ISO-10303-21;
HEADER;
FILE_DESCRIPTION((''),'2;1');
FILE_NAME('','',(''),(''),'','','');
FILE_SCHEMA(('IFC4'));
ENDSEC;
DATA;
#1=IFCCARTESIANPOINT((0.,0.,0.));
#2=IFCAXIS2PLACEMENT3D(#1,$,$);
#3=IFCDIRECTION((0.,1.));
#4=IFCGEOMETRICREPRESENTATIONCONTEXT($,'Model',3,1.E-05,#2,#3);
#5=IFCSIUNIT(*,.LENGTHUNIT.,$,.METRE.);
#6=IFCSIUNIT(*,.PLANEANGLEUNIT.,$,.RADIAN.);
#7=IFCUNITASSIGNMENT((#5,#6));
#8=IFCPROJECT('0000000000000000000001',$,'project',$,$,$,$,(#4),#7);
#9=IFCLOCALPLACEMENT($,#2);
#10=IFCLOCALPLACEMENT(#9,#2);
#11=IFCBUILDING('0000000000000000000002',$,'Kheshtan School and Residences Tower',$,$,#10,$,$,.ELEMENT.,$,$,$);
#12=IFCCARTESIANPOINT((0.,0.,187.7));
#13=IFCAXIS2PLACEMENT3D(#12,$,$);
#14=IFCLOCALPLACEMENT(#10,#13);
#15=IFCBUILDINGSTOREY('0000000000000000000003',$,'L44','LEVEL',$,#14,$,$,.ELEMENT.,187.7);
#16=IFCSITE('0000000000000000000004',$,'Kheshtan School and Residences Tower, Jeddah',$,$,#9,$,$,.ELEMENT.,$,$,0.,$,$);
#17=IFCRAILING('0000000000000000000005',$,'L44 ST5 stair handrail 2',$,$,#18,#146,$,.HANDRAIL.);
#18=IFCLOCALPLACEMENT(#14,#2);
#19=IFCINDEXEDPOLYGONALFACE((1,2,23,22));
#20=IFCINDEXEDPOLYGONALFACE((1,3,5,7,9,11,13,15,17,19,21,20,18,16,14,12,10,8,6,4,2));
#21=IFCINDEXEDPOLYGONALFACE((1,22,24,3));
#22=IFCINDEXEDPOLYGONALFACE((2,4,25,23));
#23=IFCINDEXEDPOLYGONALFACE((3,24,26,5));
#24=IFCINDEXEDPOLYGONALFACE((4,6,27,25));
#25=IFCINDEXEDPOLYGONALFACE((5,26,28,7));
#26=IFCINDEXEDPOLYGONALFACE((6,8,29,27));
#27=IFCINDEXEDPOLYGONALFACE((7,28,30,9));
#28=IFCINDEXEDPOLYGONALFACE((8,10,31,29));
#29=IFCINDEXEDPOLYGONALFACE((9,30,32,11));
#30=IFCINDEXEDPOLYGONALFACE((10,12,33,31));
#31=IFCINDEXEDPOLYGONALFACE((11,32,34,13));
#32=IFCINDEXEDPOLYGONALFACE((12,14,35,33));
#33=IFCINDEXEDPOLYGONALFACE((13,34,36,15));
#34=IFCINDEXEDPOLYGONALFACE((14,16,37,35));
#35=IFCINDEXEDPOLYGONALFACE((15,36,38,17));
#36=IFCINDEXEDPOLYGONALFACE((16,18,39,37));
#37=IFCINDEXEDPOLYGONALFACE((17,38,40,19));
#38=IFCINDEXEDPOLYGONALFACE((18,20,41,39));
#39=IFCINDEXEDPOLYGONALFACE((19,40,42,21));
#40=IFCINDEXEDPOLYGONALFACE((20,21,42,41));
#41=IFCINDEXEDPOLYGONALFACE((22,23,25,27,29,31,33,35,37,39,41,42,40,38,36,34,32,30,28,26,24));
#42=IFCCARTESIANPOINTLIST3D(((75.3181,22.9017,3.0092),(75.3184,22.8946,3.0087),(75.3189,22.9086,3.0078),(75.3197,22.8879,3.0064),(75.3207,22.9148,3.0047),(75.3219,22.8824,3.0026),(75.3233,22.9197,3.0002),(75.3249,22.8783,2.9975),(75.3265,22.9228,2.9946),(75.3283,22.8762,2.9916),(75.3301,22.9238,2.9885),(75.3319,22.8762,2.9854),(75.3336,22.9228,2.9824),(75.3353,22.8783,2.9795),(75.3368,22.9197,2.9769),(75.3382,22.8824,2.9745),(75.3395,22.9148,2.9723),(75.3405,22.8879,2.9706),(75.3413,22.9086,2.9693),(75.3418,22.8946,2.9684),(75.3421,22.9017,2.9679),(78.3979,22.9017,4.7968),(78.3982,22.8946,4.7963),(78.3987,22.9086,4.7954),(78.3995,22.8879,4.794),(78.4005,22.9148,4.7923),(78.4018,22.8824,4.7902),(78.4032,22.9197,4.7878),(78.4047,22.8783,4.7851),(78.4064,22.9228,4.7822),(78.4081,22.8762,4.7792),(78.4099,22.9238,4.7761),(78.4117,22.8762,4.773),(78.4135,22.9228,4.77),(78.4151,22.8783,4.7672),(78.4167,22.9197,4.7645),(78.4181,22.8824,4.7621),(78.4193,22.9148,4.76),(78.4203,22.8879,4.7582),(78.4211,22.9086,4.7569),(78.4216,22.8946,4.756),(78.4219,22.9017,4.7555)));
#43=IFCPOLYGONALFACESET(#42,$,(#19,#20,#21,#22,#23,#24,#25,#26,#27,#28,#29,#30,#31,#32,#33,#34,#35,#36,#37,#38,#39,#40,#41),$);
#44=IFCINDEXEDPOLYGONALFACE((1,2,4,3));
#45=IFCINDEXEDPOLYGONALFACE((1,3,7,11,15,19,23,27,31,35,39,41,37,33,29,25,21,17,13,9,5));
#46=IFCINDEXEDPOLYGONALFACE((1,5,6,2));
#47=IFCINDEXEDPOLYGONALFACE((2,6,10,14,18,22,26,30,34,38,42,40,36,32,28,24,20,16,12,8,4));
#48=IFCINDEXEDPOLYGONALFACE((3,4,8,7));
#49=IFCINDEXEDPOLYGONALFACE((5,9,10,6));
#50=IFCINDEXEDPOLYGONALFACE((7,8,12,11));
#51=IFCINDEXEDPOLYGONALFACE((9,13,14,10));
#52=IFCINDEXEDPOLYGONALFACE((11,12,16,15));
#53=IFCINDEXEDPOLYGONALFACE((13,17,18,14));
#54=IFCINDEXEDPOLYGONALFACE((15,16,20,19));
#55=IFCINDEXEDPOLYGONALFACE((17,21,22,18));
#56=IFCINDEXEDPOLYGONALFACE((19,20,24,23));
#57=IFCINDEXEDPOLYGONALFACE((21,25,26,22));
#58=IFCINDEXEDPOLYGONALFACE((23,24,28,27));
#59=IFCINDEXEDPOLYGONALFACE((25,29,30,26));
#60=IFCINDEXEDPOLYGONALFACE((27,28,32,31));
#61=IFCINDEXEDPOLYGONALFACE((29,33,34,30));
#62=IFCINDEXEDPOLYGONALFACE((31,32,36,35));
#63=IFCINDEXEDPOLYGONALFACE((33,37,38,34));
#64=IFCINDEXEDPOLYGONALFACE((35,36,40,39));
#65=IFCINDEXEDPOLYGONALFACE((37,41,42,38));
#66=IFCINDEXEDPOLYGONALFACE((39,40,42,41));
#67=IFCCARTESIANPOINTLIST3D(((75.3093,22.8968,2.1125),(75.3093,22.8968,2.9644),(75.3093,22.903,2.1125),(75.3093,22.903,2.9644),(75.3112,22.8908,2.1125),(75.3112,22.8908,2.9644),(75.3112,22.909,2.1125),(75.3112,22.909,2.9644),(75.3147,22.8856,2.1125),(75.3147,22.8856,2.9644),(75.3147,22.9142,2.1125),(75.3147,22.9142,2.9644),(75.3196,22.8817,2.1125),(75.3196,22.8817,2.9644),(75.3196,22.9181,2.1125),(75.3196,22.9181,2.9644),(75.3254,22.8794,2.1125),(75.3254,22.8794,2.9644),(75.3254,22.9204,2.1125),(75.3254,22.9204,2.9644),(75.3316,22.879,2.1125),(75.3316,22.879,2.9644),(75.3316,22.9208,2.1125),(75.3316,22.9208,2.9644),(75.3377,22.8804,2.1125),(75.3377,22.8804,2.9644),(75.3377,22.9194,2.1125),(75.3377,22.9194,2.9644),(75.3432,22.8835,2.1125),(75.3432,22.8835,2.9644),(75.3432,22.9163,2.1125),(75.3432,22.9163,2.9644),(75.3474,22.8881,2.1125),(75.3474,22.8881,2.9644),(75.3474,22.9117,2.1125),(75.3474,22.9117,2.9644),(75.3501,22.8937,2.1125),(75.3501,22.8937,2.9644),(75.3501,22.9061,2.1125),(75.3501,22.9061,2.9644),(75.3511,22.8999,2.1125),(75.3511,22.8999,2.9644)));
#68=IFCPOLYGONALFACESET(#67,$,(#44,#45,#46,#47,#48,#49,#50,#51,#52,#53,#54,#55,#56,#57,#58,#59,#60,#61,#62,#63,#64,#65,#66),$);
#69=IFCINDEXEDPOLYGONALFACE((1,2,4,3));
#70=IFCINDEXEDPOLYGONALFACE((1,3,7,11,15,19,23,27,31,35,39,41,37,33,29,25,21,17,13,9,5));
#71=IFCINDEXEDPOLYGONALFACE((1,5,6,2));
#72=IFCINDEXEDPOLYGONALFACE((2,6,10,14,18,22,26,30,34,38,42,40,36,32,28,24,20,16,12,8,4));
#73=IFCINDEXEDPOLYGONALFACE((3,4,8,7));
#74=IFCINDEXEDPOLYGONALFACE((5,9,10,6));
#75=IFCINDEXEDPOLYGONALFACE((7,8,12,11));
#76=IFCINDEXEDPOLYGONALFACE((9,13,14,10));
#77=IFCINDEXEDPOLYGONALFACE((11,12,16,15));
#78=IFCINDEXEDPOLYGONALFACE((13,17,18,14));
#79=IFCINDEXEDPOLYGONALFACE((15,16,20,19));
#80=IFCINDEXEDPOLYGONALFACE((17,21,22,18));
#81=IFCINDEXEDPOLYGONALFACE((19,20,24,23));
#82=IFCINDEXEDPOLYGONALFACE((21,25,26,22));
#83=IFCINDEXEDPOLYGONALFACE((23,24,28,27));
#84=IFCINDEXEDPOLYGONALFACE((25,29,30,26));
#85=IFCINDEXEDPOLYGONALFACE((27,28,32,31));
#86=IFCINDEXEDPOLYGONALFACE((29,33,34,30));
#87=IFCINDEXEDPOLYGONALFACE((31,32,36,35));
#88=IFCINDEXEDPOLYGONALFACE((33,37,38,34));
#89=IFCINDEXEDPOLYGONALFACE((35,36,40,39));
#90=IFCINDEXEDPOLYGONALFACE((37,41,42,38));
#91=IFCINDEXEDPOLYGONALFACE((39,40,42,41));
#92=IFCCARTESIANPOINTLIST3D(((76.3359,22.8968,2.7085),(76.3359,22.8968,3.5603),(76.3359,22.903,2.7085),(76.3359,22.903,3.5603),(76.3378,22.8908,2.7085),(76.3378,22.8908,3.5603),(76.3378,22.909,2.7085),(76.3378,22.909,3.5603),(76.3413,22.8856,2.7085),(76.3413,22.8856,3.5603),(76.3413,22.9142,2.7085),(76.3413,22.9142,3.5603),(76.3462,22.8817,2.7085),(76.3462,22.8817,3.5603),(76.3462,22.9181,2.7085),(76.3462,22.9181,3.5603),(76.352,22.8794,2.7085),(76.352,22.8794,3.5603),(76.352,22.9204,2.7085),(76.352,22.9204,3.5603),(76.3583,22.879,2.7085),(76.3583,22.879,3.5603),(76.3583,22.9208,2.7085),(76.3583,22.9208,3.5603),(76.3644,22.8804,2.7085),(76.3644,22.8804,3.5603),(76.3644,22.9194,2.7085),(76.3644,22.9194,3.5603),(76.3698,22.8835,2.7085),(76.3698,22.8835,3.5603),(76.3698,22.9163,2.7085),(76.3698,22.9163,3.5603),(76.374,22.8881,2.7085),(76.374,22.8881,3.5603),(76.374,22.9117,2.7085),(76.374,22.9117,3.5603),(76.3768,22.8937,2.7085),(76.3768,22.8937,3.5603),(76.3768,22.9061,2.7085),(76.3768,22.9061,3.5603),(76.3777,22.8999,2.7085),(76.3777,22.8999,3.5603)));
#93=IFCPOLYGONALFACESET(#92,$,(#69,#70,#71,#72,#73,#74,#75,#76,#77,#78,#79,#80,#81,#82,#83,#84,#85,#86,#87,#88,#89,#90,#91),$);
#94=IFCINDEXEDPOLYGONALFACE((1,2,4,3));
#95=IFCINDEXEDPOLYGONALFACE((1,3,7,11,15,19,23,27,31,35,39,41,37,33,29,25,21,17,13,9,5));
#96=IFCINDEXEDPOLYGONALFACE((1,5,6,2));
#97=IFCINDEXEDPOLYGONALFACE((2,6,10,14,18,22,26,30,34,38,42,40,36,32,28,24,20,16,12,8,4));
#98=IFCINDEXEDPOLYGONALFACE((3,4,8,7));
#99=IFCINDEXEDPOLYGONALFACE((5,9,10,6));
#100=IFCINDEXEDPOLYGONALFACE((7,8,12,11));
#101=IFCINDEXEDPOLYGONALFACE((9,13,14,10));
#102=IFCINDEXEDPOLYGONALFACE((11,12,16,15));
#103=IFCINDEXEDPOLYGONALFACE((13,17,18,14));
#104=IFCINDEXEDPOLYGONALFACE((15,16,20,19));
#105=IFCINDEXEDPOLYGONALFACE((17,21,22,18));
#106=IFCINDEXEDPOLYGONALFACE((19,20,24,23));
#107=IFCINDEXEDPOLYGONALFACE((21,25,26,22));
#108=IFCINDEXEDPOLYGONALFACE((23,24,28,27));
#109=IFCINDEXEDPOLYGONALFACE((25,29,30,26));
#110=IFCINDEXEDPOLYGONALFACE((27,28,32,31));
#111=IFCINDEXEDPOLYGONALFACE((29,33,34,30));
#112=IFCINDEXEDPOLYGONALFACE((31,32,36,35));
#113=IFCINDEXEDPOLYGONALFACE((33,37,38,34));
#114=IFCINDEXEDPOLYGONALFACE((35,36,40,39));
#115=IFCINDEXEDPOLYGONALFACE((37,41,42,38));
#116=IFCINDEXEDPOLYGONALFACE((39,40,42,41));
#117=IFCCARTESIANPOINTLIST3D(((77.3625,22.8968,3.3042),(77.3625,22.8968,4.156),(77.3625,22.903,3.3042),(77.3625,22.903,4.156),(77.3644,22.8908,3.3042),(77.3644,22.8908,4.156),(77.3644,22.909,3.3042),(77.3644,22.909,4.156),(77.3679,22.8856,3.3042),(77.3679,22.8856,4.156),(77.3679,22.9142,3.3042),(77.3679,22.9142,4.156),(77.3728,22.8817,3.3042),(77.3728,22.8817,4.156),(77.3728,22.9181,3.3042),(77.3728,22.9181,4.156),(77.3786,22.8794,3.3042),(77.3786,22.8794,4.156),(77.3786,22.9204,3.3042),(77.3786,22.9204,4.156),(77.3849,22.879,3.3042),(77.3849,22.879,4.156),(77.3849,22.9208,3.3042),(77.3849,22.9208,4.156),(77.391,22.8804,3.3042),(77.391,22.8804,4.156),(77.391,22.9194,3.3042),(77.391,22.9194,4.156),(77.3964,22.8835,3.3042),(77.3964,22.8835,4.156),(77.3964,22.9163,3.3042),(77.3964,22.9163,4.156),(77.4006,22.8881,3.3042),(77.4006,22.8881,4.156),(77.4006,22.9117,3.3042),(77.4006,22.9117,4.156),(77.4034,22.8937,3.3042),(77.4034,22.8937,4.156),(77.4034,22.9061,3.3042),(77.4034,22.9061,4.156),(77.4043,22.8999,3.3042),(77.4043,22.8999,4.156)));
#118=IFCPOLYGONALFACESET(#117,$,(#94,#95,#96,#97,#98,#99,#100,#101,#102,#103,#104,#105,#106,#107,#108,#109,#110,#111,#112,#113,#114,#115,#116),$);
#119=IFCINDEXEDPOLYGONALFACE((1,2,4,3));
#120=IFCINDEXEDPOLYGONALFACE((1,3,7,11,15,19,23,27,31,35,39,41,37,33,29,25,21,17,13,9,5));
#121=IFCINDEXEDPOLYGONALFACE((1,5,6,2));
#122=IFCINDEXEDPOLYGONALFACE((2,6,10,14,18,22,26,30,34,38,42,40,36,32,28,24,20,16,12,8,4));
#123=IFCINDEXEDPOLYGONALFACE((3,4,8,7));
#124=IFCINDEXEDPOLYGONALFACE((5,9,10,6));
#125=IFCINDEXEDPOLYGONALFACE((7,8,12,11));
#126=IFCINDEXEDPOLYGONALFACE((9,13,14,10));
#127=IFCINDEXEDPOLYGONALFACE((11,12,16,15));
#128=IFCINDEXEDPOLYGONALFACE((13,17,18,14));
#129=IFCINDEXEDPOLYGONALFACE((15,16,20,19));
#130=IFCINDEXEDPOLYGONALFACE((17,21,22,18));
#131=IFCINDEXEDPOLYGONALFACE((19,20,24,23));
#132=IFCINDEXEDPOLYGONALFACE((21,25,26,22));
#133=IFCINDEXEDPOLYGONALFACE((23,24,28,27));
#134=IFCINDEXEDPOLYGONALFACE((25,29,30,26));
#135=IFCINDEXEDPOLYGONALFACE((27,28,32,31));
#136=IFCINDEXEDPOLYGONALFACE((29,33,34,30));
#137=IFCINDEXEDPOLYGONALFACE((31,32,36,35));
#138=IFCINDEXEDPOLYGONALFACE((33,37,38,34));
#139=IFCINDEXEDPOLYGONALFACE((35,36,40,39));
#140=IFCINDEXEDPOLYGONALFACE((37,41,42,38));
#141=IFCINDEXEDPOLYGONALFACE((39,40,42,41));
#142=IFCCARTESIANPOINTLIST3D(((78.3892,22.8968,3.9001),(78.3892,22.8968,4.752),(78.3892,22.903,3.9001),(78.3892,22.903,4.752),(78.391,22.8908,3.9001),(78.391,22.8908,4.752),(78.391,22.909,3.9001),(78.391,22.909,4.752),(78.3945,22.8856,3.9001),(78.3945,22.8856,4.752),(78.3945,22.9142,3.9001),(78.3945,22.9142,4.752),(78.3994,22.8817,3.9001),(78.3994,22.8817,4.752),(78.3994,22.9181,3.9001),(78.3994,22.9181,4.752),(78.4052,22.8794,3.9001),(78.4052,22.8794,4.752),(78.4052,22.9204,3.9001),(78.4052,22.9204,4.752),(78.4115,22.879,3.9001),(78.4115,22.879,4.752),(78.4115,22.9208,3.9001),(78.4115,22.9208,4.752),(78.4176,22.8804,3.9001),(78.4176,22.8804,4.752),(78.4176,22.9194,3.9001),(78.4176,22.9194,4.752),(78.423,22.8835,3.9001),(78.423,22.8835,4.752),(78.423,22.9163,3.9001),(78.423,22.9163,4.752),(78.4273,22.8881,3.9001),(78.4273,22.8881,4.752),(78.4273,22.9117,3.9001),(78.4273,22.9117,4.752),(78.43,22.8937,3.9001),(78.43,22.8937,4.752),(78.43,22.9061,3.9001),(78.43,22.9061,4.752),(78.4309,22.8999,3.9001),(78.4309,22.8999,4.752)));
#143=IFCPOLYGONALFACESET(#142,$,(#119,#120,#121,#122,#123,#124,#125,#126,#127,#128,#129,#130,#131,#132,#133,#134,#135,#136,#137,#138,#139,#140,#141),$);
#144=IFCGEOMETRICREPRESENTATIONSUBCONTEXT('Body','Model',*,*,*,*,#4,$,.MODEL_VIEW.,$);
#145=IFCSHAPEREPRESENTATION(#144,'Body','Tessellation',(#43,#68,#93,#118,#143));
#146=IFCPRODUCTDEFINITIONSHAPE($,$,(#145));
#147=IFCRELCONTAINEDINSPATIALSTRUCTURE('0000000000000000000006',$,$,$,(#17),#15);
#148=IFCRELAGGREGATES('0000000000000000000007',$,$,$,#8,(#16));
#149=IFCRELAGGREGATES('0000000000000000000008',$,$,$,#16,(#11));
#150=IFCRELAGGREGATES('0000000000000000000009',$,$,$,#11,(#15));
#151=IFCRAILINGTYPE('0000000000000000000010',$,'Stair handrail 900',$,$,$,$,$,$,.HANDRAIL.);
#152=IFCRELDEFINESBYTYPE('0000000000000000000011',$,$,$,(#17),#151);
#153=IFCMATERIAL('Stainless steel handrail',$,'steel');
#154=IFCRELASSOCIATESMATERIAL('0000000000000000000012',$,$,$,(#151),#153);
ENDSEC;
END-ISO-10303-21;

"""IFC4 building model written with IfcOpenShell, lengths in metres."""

from ifc_helpers import new_model, si_unit, direction, frame, origin, origin_2d, place, context, subcontext, project, spatial, circle, extrude, material, type_object, element, save


model = new_model("IFC4")

# Units and contexts
model_context = context("Model", 3, precision=1e-05, world=origin(), true_north=direction((0.0, 1.0)))
body_context = subcontext(model_context, "Body", "Model", "MODEL_VIEW")
ifc_project = project(units=[si_unit("LENGTHUNIT", "METRE"), si_unit("PLANEANGLEUNIT", "RADIAN")], contexts=[model_context])

# Site, building, storey
site_placement = place(None, origin())
site = spatial("IfcSite", under=ifc_project, at=site_placement, Name="Kheshtan School and Residences Tower, Jeddah", CompositionType="ELEMENT", RefElevation=0.0)
building_placement = place(site_placement, origin())
building = spatial("IfcBuilding", under=site, at=building_placement, Name="Kheshtan School and Residences Tower", CompositionType="ELEMENT")
storey_placement = place(building_placement, frame((0.0, 0.0, 187.7)))
storey = spatial("IfcBuildingStorey", under=building, at=storey_placement, Name="L44", Description="LEVEL", CompositionType="ELEMENT", Elevation=187.7)

# Railing
ifc_material_1 = material(Name="Stainless steel handrail", Category="steel")
railing_type = type_object("IfcRailingType", Name="Stair handrail 900", PredefinedType="HANDRAIL", material=ifc_material_1)
railing_placement = place(storey_placement, frame((75.3301, 22.8999, 2.1125)))
element("IfcRailing", 1, at=railing_placement, inside=storey, type_object=railing_type, Name="L44 ST5 stair handrail 2", PredefinedType="HANDRAIL", context=body_context, shape_type="SweptSolid", body=[
    extrude(circle(Radius=0.0239, at=origin_2d()), frame((0.0, 0.0, 0.876), z_axis=(0.864873, 0.0, 0.50199), x_axis=(0.0, 1.0, 0.0)), (0.0, 0.0, 1.0), 3.561),
    extrude(circle(Radius=0.021, at=origin_2d()), origin(), (0.0, 0.0, 1.0), 0.8518),
    extrude(circle(Radius=0.021, at=origin_2d()), frame((1.0266, 0.0, 0.5959)), (0.0, 0.0, 1.0), 0.8518),
    extrude(circle(Radius=0.021, at=origin_2d()), frame((2.0532, 0.0, 1.1917)), (0.0, 0.0, 1.0), 0.8518),
    extrude(circle(Radius=0.021, at=origin_2d()), frame((3.0798, 0.0, 1.7876)), (0.0, 0.0, 1.0), 0.8518),
])

save(model, "model.ifc")
